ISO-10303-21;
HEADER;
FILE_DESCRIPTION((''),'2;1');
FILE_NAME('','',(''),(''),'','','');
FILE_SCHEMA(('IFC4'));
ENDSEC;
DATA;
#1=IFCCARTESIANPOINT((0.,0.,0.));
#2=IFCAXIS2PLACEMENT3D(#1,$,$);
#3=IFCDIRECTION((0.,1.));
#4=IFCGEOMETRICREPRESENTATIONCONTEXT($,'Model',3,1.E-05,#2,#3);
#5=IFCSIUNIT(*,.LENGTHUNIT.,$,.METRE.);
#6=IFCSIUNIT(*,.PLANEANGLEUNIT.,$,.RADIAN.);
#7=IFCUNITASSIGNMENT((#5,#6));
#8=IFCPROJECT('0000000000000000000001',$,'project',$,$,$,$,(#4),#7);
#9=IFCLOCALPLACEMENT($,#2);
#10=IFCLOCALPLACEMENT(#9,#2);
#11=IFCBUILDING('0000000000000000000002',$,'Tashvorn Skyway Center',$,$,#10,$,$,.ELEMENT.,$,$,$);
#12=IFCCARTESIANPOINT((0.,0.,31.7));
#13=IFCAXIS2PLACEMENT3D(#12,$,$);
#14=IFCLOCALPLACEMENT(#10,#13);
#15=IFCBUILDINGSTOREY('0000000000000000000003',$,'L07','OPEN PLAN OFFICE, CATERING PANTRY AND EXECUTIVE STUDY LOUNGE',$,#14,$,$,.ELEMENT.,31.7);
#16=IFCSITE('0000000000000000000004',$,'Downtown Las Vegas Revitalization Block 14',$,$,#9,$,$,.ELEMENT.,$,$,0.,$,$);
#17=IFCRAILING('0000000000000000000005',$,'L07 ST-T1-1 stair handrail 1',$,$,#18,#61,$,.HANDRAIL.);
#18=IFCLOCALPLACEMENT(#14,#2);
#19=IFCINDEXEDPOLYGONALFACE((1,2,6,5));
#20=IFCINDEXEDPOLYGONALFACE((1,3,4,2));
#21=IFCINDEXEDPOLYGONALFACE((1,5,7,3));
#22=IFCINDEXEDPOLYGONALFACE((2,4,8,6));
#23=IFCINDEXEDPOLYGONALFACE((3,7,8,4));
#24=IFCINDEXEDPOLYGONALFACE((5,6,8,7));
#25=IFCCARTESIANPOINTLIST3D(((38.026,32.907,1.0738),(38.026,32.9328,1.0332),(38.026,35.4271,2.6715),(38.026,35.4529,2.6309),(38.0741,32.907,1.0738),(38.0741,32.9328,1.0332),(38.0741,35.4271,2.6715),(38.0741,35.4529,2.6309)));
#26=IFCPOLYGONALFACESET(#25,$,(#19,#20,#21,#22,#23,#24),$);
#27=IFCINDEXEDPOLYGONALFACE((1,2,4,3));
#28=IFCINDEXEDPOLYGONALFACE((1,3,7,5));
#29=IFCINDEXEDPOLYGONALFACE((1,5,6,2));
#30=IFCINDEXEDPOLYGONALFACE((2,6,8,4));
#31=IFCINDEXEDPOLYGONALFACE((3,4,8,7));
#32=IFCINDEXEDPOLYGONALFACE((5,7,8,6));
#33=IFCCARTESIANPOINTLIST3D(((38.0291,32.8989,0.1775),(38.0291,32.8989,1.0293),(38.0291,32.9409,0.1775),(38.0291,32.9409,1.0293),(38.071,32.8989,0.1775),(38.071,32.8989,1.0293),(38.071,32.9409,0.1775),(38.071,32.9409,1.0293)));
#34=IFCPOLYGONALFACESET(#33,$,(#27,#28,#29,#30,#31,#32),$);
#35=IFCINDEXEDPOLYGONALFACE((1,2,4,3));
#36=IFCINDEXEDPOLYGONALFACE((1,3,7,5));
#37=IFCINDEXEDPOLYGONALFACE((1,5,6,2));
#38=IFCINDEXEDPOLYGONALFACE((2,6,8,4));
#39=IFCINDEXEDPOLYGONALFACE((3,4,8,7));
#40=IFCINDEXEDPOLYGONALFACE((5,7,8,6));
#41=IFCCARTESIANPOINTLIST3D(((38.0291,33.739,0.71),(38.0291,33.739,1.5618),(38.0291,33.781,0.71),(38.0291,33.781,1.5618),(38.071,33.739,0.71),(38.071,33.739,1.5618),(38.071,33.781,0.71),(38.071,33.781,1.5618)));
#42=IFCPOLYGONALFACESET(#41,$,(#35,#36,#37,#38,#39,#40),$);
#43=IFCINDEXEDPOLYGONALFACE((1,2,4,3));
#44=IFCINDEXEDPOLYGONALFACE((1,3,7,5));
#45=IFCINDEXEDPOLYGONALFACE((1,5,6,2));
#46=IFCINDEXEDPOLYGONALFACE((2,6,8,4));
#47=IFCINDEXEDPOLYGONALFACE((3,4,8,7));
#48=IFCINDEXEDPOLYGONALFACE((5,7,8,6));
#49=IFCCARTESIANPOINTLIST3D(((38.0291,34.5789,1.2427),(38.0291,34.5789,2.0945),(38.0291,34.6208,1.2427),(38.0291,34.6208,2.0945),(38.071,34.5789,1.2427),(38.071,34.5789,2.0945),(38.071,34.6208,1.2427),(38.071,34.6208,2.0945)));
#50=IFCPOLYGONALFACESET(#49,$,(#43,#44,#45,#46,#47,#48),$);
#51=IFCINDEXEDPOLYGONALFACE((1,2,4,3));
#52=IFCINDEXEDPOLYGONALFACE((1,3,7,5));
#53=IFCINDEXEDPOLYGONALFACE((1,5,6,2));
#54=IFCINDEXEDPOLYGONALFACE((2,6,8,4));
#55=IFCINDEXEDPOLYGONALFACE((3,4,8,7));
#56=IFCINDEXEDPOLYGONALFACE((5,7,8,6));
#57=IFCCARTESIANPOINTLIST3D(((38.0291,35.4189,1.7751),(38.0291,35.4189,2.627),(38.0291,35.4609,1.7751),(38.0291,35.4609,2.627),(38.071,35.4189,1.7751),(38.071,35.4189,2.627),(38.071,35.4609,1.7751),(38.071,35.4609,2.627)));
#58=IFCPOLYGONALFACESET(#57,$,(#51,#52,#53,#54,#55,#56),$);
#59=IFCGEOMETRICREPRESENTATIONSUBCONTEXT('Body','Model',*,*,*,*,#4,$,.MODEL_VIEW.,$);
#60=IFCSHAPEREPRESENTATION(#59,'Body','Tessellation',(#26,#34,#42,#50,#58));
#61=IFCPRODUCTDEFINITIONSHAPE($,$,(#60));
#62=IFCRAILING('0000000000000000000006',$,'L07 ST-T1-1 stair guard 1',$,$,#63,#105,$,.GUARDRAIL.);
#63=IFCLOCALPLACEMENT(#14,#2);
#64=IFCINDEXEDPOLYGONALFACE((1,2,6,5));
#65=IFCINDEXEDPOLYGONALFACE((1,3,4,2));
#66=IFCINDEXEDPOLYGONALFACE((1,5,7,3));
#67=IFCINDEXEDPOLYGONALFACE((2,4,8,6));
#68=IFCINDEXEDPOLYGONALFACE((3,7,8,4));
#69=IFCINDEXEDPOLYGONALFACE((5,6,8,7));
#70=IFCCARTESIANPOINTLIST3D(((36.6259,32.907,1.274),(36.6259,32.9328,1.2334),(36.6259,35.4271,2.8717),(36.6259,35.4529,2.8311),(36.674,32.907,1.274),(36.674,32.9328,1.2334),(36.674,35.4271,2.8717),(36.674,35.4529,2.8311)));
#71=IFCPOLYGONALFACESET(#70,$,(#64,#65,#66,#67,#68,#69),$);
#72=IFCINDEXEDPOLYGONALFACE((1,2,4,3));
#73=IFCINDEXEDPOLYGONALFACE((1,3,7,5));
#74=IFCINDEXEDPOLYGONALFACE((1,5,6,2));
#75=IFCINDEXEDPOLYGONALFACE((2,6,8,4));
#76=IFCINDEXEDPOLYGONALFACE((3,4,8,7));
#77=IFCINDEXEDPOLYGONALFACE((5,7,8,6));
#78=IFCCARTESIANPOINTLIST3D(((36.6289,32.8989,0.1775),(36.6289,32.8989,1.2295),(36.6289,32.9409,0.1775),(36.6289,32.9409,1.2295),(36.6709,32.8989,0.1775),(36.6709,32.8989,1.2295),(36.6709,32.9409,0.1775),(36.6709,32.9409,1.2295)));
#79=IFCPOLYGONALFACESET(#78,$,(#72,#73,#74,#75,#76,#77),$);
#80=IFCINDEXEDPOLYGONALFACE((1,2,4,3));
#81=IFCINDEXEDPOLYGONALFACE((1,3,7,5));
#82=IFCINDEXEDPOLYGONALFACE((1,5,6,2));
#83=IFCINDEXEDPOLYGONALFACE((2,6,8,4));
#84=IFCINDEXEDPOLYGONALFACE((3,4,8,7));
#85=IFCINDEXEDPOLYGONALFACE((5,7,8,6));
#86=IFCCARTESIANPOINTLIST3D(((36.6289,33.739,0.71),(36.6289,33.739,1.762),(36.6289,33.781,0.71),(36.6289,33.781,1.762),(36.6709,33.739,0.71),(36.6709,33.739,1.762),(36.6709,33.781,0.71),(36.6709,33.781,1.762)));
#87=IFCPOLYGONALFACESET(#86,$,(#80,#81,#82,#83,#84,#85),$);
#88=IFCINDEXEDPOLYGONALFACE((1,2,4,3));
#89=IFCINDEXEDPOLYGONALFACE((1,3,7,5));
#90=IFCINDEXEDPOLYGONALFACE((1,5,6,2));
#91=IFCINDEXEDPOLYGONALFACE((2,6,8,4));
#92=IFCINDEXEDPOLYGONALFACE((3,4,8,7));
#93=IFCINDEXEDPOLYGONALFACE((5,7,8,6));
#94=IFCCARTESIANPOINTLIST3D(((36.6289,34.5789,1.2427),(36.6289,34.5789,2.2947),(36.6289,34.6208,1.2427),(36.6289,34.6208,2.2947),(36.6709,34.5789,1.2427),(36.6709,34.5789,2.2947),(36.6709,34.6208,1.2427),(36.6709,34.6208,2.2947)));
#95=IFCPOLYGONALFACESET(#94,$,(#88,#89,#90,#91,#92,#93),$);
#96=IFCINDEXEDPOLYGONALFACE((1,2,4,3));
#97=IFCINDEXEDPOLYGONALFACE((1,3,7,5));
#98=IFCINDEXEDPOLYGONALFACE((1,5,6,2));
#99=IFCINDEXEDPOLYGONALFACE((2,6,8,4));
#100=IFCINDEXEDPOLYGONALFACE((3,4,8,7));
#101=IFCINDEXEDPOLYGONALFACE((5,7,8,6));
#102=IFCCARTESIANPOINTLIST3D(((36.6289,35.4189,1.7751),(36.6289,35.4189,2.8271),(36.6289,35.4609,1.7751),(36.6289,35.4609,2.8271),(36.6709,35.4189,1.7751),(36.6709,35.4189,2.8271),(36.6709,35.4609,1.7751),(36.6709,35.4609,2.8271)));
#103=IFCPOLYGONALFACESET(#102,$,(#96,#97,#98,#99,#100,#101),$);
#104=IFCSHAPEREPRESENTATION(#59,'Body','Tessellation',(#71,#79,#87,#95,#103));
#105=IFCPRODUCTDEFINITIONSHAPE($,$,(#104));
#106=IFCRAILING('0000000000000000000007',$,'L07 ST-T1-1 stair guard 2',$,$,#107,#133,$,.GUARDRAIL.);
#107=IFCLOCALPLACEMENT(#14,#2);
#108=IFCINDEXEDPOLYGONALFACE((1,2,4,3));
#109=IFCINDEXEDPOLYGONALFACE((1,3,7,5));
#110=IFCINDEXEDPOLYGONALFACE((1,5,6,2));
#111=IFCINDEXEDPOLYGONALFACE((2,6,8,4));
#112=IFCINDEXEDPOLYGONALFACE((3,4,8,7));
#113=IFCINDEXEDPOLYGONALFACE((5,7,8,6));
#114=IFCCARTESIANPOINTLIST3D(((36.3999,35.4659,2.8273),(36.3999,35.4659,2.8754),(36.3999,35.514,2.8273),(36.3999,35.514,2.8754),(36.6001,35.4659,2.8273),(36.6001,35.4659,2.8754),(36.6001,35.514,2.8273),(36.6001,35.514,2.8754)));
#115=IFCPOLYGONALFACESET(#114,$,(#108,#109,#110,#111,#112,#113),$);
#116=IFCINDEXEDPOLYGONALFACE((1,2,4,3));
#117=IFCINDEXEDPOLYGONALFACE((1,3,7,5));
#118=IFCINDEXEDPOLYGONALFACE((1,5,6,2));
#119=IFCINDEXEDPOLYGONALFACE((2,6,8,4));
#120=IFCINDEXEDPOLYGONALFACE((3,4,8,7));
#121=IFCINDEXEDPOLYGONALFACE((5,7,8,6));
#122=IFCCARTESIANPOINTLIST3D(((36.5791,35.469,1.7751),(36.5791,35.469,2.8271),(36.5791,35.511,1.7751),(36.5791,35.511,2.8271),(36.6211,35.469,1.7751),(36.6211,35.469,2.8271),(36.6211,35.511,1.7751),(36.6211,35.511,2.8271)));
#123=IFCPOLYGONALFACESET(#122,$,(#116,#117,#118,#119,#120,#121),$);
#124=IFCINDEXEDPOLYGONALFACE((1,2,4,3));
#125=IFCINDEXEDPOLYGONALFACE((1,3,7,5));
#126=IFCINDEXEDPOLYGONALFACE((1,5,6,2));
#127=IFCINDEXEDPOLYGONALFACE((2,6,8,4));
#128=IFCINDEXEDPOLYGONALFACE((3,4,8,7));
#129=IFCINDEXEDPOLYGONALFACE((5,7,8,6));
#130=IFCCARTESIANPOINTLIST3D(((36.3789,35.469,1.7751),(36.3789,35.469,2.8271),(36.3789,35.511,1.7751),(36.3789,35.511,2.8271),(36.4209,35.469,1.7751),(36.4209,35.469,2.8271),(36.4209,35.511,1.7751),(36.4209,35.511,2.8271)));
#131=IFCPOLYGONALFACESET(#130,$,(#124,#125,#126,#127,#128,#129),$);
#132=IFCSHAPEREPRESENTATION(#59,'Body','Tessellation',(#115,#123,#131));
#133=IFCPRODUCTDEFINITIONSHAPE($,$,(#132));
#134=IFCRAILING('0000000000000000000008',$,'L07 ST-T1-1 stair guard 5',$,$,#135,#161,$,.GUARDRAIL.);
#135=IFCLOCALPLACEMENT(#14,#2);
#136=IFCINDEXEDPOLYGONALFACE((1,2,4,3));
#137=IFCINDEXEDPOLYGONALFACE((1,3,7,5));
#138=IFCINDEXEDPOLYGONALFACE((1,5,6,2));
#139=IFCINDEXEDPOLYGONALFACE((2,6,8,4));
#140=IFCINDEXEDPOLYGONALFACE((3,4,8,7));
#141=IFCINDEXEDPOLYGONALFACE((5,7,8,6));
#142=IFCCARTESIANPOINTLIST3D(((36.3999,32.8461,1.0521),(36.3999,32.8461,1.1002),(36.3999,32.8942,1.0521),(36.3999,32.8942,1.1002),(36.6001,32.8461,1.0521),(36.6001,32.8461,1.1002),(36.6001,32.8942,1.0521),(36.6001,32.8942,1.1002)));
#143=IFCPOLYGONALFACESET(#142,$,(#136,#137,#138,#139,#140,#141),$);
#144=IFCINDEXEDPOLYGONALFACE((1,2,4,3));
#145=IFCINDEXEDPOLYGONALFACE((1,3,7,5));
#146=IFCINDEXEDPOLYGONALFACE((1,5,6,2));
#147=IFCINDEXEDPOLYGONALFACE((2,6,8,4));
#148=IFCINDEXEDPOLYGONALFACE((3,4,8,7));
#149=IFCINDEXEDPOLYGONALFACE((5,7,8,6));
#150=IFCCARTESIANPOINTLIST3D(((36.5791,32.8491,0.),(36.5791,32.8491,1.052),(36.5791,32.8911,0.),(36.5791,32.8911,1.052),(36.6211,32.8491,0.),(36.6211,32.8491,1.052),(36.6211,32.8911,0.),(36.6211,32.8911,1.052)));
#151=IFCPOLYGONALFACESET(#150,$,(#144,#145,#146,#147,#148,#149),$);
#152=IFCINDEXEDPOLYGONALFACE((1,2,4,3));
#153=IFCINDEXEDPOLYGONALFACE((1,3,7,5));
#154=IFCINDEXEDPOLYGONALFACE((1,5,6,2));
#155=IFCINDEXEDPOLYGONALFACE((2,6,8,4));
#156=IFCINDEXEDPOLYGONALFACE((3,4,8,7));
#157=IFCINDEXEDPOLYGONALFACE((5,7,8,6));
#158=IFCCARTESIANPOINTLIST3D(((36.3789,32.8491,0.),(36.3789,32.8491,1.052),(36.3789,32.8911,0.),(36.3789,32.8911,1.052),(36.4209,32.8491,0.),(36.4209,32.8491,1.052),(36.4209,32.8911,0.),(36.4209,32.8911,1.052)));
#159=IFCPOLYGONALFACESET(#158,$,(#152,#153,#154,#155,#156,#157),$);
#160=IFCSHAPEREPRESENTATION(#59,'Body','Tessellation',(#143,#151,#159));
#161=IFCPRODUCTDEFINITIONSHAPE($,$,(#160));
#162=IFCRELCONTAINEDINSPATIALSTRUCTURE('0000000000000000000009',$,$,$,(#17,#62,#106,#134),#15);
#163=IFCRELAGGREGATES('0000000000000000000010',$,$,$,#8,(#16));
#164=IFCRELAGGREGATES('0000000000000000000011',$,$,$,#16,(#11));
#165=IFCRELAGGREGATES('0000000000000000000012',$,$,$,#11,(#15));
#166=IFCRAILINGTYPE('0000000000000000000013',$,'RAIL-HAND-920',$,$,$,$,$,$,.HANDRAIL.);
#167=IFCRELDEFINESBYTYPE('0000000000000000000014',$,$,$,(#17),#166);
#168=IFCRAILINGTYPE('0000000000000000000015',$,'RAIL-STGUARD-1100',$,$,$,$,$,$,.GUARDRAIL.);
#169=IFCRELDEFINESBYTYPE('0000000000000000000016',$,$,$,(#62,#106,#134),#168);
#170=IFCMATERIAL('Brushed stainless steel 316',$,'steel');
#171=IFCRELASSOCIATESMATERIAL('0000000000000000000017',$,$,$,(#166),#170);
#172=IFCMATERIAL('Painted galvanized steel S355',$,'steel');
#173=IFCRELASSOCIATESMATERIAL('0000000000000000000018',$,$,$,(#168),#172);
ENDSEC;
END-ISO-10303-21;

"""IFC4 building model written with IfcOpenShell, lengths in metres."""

from ifc_helpers import new_model, si_unit, direction, frame, origin, origin_2d, place, context, subcontext, project, spatial, rectangle, extrude, material, type_object, element, save


model = new_model("IFC4")

# Units and contexts
model_context = context("Model", 3, precision=1e-05, world=origin(), true_north=direction((0.0, 1.0)))
body_context = subcontext(model_context, "Body", "Model", "MODEL_VIEW")
ifc_project = project(units=[si_unit("LENGTHUNIT", "METRE"), si_unit("PLANEANGLEUNIT", "RADIAN")], contexts=[model_context])

# Site, building, storey
site_placement = place(None, origin())
site = spatial("IfcSite", under=ifc_project, at=site_placement, Name="Downtown Las Vegas Revitalization Block 14", CompositionType="ELEMENT", RefElevation=0.0)
building_placement = place(site_placement, origin())
building = spatial("IfcBuilding", under=site, at=building_placement, Name="Tashvorn Skyway Center", CompositionType="ELEMENT")
storey_placement = place(building_placement, frame((0.0, 0.0, 31.7)))
storey = spatial("IfcBuildingStorey", under=building, at=storey_placement, Name="L07", Description="OPEN PLAN OFFICE, CATERING PANTRY AND EXECUTIVE STUDY LOUNGE", CompositionType="ELEMENT", Elevation=31.7)

# Railings
ifc_material_1 = material(Name="Brushed stainless steel 316", Category="steel")
railing_type_1 = type_object("IfcRailingType", Name="RAIL-HAND-920", PredefinedType="HANDRAIL", material=ifc_material_1)
railing_1_placement = place(storey_placement, frame((38.05, 32.9199, 0.1775)))
element("IfcRailing", 1, at=railing_1_placement, inside=storey, type_object=railing_type_1, Name="L07 ST-T1-1 stair handrail 1", PredefinedType="HANDRAIL", context=body_context, shape_type="SweptSolid", body=[
    extrude(rectangle(XDim=0.0481, YDim=0.0481, at=origin_2d()), frame((0.0, 0.0, 0.876), z_axis=(0.0, 0.84457, 0.535445), x_axis=(-1.0, 0.0, 0.0)), (0.0, 0.0, 1.0), 2.9839),
    extrude(rectangle(XDim=0.042, YDim=0.042, at=origin_2d()), origin(), (0.0, 0.0, 1.0), 0.8518),
    extrude(rectangle(XDim=0.042, YDim=0.042, at=origin_2d()), frame((0.0, 0.8401, 0.5325)), (0.0, 0.0, 1.0), 0.8518),
    extrude(rectangle(XDim=0.042, YDim=0.042, at=origin_2d()), frame((0.0, 1.6799, 1.0652)), (0.0, 0.0, 1.0), 0.8518),
    extrude(rectangle(XDim=0.042, YDim=0.042, at=origin_2d()), frame((0.0, 2.52, 1.5977)), (0.0, 0.0, 1.0), 0.8518),
])
ifc_material_2 = material(Name="Painted galvanized steel S355", Category="steel")
railing_type_2 = type_object("IfcRailingType", Name="RAIL-STGUARD-1100", PredefinedType="GUARDRAIL", material=ifc_material_2)
railing_2_placement = place(storey_placement, frame((36.6499, 32.9199, 0.1775)))
element("IfcRailing", 2, at=railing_2_placement, inside=storey, type_object=railing_type_2, Name="L07 ST-T1-1 stair guard 1", PredefinedType="GUARDRAIL", context=body_context, shape_type="SweptSolid", body=[
    extrude(rectangle(XDim=0.0481, YDim=0.0481, at=origin_2d()), frame((0.0, 0.0, 1.0762), z_axis=(0.0, 0.84457, 0.535445), x_axis=(-1.0, 0.0, 0.0)), (0.0, 0.0, 1.0), 2.9839),
    extrude(rectangle(XDim=0.042, YDim=0.042, at=origin_2d()), origin(), (0.0, 0.0, 1.0), 1.052),
    extrude(rectangle(XDim=0.042, YDim=0.042, at=origin_2d()), frame((0.0, 0.8401, 0.5325)), (0.0, 0.0, 1.0), 1.052),
    extrude(rectangle(XDim=0.042, YDim=0.042, at=origin_2d()), frame((0.0, 1.6799, 1.0652)), (0.0, 0.0, 1.0), 1.052),
    extrude(rectangle(XDim=0.042, YDim=0.042, at=origin_2d()), frame((0.0, 2.52, 1.5977)), (0.0, 0.0, 1.0), 1.052),
])
for number, where, name in (
    (3, (36.6001, 35.49, 1.7751), "L07 ST-T1-1 stair guard 2"),
    (4, (36.6001, 32.8701, 0.0), "L07 ST-T1-1 stair guard 5"),
):
    element("IfcRailing", number, at=place(storey_placement, frame(where)), inside=storey, type_object=railing_type_2, Name=name, PredefinedType="GUARDRAIL", context=body_context, shape_type="SweptSolid", body=[
        extrude(rectangle(XDim=0.0481, YDim=0.0481, at=origin_2d()), frame((0.0, 0.0, 1.0762), z_axis=(-1.0, 0.0, 0.0), x_axis=(0.0, -1.0, 0.0)), (0.0, 0.0, 1.0), 0.2002),
        extrude(rectangle(XDim=0.042, YDim=0.042, at=origin_2d()), origin(), (0.0, 0.0, 1.0), 1.052),
        extrude(rectangle(XDim=0.042, YDim=0.042, at=origin_2d()), frame((-0.2002, 0.0, 0.0)), (0.0, 0.0, 1.0), 1.052),
    ])

save(model, "model.ifc")
